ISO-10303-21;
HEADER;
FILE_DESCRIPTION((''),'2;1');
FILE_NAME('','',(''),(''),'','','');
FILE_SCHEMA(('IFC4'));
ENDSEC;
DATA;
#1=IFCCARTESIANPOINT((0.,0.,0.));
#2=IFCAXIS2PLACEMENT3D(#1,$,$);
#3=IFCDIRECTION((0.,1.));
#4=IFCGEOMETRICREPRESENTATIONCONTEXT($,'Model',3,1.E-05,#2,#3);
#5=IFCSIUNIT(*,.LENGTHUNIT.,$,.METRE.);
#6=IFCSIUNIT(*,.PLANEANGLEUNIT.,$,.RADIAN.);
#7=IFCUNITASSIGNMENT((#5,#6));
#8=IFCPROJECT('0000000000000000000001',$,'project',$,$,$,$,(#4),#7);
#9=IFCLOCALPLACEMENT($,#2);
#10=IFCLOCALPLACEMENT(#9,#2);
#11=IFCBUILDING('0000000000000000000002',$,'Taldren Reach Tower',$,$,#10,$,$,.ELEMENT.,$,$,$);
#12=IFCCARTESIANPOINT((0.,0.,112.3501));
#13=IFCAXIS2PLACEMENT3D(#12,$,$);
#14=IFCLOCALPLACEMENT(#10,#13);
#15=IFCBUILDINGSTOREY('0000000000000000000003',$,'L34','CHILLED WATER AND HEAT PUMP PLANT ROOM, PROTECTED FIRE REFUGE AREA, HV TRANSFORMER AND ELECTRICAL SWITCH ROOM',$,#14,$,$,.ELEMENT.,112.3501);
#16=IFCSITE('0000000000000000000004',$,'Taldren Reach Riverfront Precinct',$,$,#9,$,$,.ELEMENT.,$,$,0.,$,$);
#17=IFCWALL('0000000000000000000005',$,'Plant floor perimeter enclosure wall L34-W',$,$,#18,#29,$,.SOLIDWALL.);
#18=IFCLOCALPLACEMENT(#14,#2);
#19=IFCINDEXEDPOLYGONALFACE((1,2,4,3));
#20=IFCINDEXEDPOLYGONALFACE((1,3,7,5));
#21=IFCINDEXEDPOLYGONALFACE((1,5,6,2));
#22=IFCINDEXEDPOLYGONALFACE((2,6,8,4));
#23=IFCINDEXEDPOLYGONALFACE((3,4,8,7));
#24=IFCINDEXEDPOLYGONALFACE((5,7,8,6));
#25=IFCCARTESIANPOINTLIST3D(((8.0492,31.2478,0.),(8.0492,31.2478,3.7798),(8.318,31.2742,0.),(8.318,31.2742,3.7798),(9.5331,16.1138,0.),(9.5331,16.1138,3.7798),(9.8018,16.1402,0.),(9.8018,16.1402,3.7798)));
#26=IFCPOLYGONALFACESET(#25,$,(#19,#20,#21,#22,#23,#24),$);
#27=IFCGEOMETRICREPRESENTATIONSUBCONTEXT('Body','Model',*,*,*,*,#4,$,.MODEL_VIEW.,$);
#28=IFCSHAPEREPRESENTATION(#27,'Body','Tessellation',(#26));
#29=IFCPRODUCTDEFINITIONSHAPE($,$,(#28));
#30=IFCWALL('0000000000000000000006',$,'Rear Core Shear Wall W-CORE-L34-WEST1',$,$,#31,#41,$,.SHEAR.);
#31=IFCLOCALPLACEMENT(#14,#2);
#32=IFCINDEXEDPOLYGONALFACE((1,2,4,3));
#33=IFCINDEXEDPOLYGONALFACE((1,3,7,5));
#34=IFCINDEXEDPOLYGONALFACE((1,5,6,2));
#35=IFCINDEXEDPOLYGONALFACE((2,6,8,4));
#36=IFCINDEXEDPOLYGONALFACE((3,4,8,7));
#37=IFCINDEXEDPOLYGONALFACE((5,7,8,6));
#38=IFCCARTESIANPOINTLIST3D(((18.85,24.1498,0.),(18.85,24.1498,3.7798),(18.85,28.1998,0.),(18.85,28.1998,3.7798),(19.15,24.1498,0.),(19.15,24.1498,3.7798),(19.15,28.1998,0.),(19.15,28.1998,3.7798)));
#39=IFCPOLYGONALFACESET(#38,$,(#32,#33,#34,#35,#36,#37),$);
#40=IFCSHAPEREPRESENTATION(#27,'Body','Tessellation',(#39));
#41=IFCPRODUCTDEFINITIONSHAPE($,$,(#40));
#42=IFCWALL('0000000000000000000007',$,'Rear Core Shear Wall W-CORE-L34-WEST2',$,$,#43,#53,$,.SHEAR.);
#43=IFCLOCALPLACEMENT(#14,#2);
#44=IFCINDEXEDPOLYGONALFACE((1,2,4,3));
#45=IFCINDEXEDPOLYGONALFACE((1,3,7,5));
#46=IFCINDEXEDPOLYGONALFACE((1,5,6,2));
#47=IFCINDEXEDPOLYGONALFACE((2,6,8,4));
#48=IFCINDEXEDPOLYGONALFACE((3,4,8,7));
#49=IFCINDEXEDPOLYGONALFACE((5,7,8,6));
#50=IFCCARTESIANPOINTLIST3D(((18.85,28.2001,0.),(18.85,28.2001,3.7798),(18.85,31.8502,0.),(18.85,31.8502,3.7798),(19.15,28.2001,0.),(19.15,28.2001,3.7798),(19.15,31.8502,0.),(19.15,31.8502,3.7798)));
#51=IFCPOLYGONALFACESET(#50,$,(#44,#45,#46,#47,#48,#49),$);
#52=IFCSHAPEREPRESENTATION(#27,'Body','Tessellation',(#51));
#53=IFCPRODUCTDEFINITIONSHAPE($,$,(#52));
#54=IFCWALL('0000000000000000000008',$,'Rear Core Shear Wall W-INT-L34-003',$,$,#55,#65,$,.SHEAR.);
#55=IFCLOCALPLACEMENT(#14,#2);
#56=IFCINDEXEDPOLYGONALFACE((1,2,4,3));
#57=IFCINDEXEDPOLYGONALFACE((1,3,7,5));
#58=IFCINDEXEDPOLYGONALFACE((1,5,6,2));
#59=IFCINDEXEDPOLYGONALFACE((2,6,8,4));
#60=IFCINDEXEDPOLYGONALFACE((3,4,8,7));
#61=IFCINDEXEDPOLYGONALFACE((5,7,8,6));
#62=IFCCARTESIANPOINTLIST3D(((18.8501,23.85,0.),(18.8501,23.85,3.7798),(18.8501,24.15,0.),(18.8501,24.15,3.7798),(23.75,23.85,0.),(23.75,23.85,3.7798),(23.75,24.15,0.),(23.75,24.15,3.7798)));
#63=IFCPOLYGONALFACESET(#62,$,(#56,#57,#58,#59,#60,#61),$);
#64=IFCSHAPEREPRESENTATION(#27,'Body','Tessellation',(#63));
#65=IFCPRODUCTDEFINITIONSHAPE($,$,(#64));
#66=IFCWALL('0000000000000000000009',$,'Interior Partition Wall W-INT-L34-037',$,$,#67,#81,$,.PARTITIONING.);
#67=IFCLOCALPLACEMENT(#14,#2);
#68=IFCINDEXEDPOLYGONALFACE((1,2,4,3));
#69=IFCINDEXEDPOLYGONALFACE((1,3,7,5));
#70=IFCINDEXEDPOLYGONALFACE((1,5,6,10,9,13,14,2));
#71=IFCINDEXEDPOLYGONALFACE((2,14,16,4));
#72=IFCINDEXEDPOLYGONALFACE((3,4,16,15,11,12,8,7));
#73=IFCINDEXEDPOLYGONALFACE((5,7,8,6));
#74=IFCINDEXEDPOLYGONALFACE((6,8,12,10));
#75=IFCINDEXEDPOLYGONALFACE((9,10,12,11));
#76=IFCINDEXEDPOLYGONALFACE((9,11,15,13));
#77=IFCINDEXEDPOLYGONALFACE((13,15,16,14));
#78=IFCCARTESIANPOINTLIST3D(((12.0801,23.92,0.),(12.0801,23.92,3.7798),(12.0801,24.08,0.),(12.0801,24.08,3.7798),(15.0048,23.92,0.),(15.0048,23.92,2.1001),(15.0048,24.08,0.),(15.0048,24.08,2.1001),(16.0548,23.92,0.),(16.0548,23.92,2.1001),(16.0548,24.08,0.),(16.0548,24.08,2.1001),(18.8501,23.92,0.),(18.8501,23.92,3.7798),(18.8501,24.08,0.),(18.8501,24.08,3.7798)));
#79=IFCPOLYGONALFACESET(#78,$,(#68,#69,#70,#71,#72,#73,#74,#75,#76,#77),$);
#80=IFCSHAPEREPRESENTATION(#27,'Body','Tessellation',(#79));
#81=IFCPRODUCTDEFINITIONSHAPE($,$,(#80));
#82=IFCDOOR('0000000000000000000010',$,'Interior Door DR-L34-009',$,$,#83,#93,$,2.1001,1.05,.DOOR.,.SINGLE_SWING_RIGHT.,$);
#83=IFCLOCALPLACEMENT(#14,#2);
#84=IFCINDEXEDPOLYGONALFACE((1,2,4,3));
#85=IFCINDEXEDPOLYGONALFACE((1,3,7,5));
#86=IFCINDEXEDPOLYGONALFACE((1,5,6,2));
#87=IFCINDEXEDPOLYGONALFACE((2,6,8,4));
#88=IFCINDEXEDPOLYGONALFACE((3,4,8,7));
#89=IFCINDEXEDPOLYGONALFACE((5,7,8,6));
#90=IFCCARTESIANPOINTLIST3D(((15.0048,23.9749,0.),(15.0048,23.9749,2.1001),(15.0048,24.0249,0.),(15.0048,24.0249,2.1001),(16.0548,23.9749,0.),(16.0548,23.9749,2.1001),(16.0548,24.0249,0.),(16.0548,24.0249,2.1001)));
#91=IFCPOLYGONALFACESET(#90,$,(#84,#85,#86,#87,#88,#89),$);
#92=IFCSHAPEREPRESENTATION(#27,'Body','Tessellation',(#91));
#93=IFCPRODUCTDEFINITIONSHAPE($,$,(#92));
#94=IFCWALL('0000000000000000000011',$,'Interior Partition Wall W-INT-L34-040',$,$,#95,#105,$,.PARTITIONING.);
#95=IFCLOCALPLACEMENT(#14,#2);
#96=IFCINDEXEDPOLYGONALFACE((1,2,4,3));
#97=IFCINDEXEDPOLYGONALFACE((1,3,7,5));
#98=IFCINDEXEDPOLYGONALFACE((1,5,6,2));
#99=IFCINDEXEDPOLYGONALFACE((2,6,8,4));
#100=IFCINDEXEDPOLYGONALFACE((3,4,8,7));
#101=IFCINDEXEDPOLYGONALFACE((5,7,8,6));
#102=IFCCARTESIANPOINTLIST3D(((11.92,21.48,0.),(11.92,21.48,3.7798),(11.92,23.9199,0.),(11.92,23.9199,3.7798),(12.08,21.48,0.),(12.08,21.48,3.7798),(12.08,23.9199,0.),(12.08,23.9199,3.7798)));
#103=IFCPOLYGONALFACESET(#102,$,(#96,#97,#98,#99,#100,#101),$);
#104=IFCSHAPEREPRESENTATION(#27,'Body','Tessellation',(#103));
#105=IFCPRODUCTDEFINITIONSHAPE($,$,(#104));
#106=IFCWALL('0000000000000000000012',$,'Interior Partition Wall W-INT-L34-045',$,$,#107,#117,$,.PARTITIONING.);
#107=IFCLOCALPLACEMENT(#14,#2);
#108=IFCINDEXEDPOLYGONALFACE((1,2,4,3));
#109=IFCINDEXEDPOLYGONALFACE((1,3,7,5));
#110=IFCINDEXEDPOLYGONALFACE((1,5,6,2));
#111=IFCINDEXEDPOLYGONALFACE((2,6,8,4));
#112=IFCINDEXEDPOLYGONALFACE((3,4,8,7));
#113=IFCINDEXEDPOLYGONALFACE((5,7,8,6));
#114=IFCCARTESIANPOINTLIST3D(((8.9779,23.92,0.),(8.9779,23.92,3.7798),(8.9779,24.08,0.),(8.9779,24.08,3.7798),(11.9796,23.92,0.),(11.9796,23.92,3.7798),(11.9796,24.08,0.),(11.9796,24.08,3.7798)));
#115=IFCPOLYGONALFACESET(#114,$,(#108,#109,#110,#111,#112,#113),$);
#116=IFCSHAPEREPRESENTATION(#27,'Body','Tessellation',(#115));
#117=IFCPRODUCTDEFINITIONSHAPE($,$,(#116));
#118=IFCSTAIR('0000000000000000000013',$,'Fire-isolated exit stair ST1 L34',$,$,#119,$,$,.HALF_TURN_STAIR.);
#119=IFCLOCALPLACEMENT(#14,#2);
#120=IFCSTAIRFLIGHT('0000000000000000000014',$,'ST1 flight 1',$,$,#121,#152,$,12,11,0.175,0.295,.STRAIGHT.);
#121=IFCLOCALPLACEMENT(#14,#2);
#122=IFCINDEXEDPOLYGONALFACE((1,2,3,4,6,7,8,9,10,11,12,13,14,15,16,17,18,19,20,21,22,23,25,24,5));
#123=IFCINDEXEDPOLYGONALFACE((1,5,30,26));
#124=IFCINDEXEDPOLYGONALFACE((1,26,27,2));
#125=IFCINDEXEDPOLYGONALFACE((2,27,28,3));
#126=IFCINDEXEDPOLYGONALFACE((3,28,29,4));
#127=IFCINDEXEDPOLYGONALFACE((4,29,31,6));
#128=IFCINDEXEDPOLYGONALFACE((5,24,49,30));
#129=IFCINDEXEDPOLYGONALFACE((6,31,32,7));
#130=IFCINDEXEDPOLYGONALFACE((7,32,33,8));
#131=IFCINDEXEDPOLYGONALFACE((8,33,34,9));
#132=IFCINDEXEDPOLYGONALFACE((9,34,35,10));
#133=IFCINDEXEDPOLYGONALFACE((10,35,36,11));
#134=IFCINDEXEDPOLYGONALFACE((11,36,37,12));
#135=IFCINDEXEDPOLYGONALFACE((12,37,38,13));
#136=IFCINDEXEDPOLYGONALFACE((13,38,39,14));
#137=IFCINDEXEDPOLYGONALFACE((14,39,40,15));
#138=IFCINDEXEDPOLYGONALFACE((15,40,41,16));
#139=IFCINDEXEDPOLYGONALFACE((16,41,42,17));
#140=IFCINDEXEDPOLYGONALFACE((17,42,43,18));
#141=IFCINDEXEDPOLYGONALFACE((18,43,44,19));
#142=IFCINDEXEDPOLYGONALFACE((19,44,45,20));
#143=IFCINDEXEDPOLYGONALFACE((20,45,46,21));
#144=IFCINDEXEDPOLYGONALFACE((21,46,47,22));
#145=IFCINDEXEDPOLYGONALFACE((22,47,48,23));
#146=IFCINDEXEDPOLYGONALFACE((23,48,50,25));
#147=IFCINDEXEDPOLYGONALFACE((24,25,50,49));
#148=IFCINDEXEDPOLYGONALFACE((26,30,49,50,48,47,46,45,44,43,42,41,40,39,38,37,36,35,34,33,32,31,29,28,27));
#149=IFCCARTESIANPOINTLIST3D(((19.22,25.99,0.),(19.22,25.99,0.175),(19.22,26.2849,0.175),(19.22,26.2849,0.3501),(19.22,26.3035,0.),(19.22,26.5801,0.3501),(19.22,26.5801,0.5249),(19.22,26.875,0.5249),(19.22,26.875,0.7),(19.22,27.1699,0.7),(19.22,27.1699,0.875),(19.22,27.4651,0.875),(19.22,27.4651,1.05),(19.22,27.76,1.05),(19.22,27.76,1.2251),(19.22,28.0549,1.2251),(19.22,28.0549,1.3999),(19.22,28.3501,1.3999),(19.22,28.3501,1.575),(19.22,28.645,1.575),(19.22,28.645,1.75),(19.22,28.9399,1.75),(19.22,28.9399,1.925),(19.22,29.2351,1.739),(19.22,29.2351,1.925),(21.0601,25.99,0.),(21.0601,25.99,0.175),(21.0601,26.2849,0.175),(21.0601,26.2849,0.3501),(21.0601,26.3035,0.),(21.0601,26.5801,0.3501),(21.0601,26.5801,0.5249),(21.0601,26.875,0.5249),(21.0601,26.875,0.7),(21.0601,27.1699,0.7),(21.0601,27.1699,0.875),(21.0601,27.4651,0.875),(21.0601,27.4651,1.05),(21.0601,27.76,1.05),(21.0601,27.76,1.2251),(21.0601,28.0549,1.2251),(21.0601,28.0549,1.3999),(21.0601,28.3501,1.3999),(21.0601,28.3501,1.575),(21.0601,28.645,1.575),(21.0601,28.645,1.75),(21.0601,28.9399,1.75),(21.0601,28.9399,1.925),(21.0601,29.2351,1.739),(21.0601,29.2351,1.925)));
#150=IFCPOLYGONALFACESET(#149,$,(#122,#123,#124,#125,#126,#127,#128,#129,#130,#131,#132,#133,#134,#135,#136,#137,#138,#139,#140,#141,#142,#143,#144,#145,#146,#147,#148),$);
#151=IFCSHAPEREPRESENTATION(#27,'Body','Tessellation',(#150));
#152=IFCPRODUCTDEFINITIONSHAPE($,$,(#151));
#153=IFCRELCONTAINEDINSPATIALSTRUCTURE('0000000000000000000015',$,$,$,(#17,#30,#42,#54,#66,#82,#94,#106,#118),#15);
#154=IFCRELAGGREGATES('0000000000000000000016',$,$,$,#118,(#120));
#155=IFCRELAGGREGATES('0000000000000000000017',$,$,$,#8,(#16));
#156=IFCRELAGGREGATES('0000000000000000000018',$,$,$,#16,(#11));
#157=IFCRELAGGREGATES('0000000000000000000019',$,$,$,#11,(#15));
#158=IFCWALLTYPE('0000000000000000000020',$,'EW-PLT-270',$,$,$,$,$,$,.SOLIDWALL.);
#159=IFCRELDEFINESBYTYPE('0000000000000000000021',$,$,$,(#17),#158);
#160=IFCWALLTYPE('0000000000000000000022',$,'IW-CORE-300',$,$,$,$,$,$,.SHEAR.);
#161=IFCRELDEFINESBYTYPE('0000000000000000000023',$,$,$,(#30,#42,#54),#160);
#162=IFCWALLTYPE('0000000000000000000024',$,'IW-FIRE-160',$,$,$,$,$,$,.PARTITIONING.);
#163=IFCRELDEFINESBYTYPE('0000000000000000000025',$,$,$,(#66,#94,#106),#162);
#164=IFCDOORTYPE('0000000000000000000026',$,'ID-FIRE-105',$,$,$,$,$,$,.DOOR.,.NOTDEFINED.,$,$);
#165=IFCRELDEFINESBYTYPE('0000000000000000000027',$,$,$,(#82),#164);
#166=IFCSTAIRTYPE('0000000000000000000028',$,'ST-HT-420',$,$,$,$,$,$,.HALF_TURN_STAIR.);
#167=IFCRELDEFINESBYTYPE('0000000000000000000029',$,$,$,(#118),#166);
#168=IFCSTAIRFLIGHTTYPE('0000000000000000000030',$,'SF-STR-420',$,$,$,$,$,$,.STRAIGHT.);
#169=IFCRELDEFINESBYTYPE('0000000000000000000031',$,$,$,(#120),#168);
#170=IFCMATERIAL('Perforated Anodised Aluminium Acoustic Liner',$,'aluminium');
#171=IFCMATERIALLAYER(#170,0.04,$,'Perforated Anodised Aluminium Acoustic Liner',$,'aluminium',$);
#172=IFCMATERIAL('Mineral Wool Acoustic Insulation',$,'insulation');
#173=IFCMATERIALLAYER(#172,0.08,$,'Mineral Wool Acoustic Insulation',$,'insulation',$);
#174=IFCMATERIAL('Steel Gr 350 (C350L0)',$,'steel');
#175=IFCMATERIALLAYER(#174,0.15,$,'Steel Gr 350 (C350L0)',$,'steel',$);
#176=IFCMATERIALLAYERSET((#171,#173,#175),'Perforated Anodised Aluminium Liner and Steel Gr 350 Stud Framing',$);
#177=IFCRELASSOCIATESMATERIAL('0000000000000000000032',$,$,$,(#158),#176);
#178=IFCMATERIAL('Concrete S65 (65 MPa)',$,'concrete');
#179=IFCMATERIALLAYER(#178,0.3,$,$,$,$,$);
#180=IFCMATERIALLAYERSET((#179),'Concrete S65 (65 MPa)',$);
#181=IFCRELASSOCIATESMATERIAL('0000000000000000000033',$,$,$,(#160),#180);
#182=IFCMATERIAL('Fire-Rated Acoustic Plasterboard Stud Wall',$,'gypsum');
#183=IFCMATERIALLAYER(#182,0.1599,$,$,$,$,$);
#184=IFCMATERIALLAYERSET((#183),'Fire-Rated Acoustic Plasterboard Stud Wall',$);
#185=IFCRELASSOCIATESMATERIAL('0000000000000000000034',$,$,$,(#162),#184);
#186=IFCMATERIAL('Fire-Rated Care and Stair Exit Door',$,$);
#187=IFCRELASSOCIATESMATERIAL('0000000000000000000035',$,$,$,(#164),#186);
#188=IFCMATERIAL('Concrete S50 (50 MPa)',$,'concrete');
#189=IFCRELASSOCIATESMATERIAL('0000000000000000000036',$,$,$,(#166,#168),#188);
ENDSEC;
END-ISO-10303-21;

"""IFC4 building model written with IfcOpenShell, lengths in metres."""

from ifc_helpers import new_model, si_unit, direction, frame, frame_2d, origin, place, context, subcontext, project, spatial, polyline, rectangle, outline, extrude, source, transform, mapped, material, layer, layer_set, type_object, element, fill, aggregate, save


model = new_model("IFC4")

# Units and contexts
model_context = context("Model", 3, precision=1e-05, world=origin(), true_north=direction((0.0, 1.0)))
body_context = subcontext(model_context, "Body", "Model", "MODEL_VIEW")
ifc_project = project(units=[si_unit("LENGTHUNIT", "METRE"), si_unit("PLANEANGLEUNIT", "RADIAN")], contexts=[model_context])

# Site, building, storey
site_placement = place(None, origin())
site = spatial("IfcSite", under=ifc_project, at=site_placement, Name="Taldren Reach Riverfront Precinct", CompositionType="ELEMENT", RefElevation=0.0)
building_placement = place(site_placement, origin())
building = spatial("IfcBuilding", under=site, at=building_placement, Name="Taldren Reach Tower", CompositionType="ELEMENT")
storey_placement = place(building_placement, frame((0.0, 0.0, 112.3501)))
storey = spatial("IfcBuildingStorey", under=building, at=storey_placement, Name="L34", Description="CHILLED WATER AND HEAT PUMP PLANT ROOM, PROTECTED FIRE REFUGE AREA, HV TRANSFORMER AND ELECTRICAL SWITCH ROOM", CompositionType="ELEMENT", Elevation=112.3501)

# Shared definitions
ifc_material_1 = material(Name="Concrete S65 (65 MPa)", Category="concrete")

# Shared definitions
ifc_material_2 = material(Name="Steel Gr 350 (C350L0)", Category="steel")

# Walls
ifc_material_3 = material(Name="Perforated Anodised Aluminium Acoustic Liner", Category="aluminium")
ifc_layer_1 = layer(ifc_material_3, 0.04, Name="Perforated Anodised Aluminium Acoustic Liner", Category="aluminium")
ifc_material_4 = material(Name="Mineral Wool Acoustic Insulation", Category="insulation")
ifc_layer_2 = layer(ifc_material_4, 0.08, Name="Mineral Wool Acoustic Insulation", Category="insulation")
ifc_layer_3 = layer(ifc_material_2, 0.15, Name="Steel Gr 350 (C350L0)", Category="steel")
ifc_layer_set_1 = layer_set([ifc_layer_1, ifc_layer_2, ifc_layer_3], Name="Perforated Anodised Aluminium Liner and Steel Gr 350 Stud Framing")
wall_type_1 = type_object("IfcWallType", Name="EW-PLT-270", PredefinedType="SOLIDWALL", material=ifc_layer_set_1)
shared_shape_1 = source(origin(), body_context, "Body", "SweptSolid", [
    extrude(rectangle(XDim=15.2065, YDim=0.27, at=frame_2d((7.6033, 0.0))), origin(), (0.0, 0.0, 1.0), 3.7798),
])
wall_1_placement = place(storey_placement, frame((8.1836, 31.261, 0.0), z_axis=(0.0, 0.0, 1.0), x_axis=(0.097582, -0.995228, 0.0)))
element("IfcWall", 1, at=wall_1_placement, inside=storey, type_object=wall_type_1, Name="Plant floor perimeter enclosure wall L34-W", PredefinedType="SOLIDWALL", context=body_context, shape_type="MappedRepresentation", body=[
    mapped(shared_shape_1, transform((0.0, 0.0, 0.0), scale=1.0)),
])
ifc_layer_4 = layer(ifc_material_1, 0.3)
ifc_layer_set_2 = layer_set([ifc_layer_4], Name="Concrete S65 (65 MPa)")
wall_type_2 = type_object("IfcWallType", Name="IW-CORE-300", PredefinedType="SHEAR", material=ifc_layer_set_2)
shared_shape_2 = source(origin(), body_context, "Body", "SweptSolid", [
    extrude(rectangle(XDim=4.05, YDim=0.3, at=frame_2d((2.0249, 0.0))), origin(), (0.0, 0.0, 1.0), 3.7798),
])
wall_2_placement = place(storey_placement, frame((19.0, 24.1499, 0.0), z_axis=(0.0, 0.0, 1.0), x_axis=(0.0, 1.0, 0.0)))
element("IfcWall", 2, at=wall_2_placement, inside=storey, type_object=wall_type_2, Name="Rear Core Shear Wall W-CORE-L34-WEST1", PredefinedType="SHEAR", context=body_context, shape_type="MappedRepresentation", body=[
    mapped(shared_shape_2, transform((0.0, 0.0, 0.0), scale=1.0)),
])
shared_shape_3 = source(origin(), body_context, "Body", "SweptSolid", [
    extrude(rectangle(XDim=3.6501, YDim=0.3, at=frame_2d((1.8252, 0.0))), origin(), (0.0, 0.0, 1.0), 3.7798),
])
wall_3_placement = place(storey_placement, frame((19.0, 28.2, 0.0), z_axis=(0.0, 0.0, 1.0), x_axis=(0.0, 1.0, 0.0)))
element("IfcWall", 3, at=wall_3_placement, inside=storey, type_object=wall_type_2, Name="Rear Core Shear Wall W-CORE-L34-WEST2", PredefinedType="SHEAR", context=body_context, shape_type="MappedRepresentation", body=[
    mapped(shared_shape_3, transform((0.0, 0.0, 0.0), scale=1.0)),
])
shared_shape_4 = source(origin(), body_context, "Body", "SweptSolid", [
    extrude(rectangle(XDim=4.8999, YDim=0.3, at=frame_2d((2.45, 0.0))), origin(), (0.0, 0.0, 1.0), 3.7798),
])
wall_4_placement = place(storey_placement, frame((18.8501, 24.0, 0.0), z_axis=(0.0, 0.0, 1.0), x_axis=(1.0, 0.0, 0.0)))
element("IfcWall", 4, at=wall_4_placement, inside=storey, type_object=wall_type_2, Name="Rear Core Shear Wall W-INT-L34-003", PredefinedType="SHEAR", context=body_context, shape_type="MappedRepresentation", body=[
    mapped(shared_shape_4, transform((0.0, 0.0, 0.0), scale=1.0)),
])

# Wall, opening, door
ifc_material_5 = material(Name="Fire-Rated Acoustic Plasterboard Stud Wall", Category="gypsum")
ifc_layer_5 = layer(ifc_material_5, 0.1599)
ifc_layer_set_3 = layer_set([ifc_layer_5], Name="Fire-Rated Acoustic Plasterboard Stud Wall")
wall_type_3 = type_object("IfcWallType", Name="IW-FIRE-160", PredefinedType="PARTITIONING", material=ifc_layer_set_3)
shared_shape_5 = source(origin(), body_context, "Body", "SweptSolid", [
    extrude(rectangle(XDim=6.77, YDim=0.1599, at=frame_2d((3.385, 0.0))), origin(), (0.0, 0.0, 1.0), 3.7798),
])
wall_5_placement = place(storey_placement, frame((12.0801, 24.0, 0.0), z_axis=(0.0, 0.0, 1.0), x_axis=(1.0, 0.0, 0.0)))
wall_5 = element("IfcWall", 5, at=wall_5_placement, inside=storey, type_object=wall_type_3, Name="Interior Partition Wall W-INT-L34-037", PredefinedType="PARTITIONING", context=body_context, shape_type="MappedRepresentation", body=[
    mapped(shared_shape_5, transform((0.0, 0.0, 0.0), scale=1.0)),
])
shared_shape_6 = source(origin(), body_context, "Body", "SweptSolid", [
    extrude(rectangle(XDim=1.05, YDim=2.1001, at=frame_2d((0.5249, 1.05))), frame((0.0, 0.0898, 0.0), z_axis=(0.0, -1.0, 0.0), x_axis=(1.0, 0.0, 0.0)), (0.0, 0.0, 1.0), 0.1799),
])
opening_placement = place(wall_5_placement, frame((2.9248, 0.0, 0.0)))
opening = element("IfcOpeningElement", 6, at=opening_placement, cuts=wall_5, PredefinedType="OPENING", context=body_context, shape_type="MappedRepresentation", body=[
    mapped(shared_shape_6, transform((0.0, 0.0, 0.0), scale=1.0)),
])
ifc_material_6 = material(Name="Fire-Rated Care and Stair Exit Door")
door_type = type_object("IfcDoorType", Name="ID-FIRE-105", OperationType="NOTDEFINED", PredefinedType="DOOR", material=ifc_material_6)
shared_shape_7 = source(origin(), body_context, "Body", "SweptSolid", [
    extrude(rectangle(XDim=1.05, YDim=2.1001, at=frame_2d((0.5249, 1.05))), frame((0.0, 0.0249, 0.0), z_axis=(0.0, -1.0, 0.0), x_axis=(1.0, 0.0, 0.0)), (0.0, 0.0, 1.0), 0.05),
])
door_placement = place(opening_placement, origin())
door = element("IfcDoor", 7, at=door_placement, inside=storey, type_object=door_type, Name="Interior Door DR-L34-009", OperationType="SINGLE_SWING_RIGHT", OverallHeight=2.1001, OverallWidth=1.05, PredefinedType="DOOR", context=body_context, shape_type="MappedRepresentation", body=[
    mapped(shared_shape_7, transform((0.0, 0.0, 0.0), scale=1.0)),
])
fill(opening, door)

# Walls
shared_shape_8 = source(origin(), body_context, "Body", "SweptSolid", [
    extrude(rectangle(XDim=2.4399, YDim=0.1599, at=frame_2d((1.22, 0.0))), origin(), (0.0, 0.0, 1.0), 3.7798),
])
wall_6_placement = place(storey_placement, frame((12.0, 21.48, 0.0), z_axis=(0.0, 0.0, 1.0), x_axis=(0.0, 1.0, 0.0)))
element("IfcWall", 8, at=wall_6_placement, inside=storey, type_object=wall_type_3, Name="Interior Partition Wall W-INT-L34-040", PredefinedType="PARTITIONING", context=body_context, shape_type="MappedRepresentation", body=[
    mapped(shared_shape_8, transform((0.0, 0.0, 0.0), scale=1.0)),
])
shared_shape_9 = source(origin(), body_context, "Body", "SweptSolid", [
    extrude(rectangle(XDim=3.0017, YDim=0.1599, at=frame_2d((1.501, 0.0))), origin(), (0.0, 0.0, 1.0), 3.7798),
])
wall_7_placement = place(storey_placement, frame((11.9797, 24.0, 0.0), z_axis=(0.0, 0.0, 1.0), x_axis=(-1.0, 0.0, 0.0)))
element("IfcWall", 9, at=wall_7_placement, inside=storey, type_object=wall_type_3, Name="Interior Partition Wall W-INT-L34-045", PredefinedType="PARTITIONING", context=body_context, shape_type="MappedRepresentation", body=[
    mapped(shared_shape_9, transform((0.0, 0.0, 0.0), scale=1.0)),
])

# Stair, stair flight
ifc_material_7 = material(Name="Concrete S50 (50 MPa)", Category="concrete")
stair_type = type_object("IfcStairType", Name="ST-HT-420", PredefinedType="HALF_TURN_STAIR", material=ifc_material_7)
stair_placement = place(storey_placement, origin())
stair = element("IfcStair", 10, at=stair_placement, inside=storey, type_object=stair_type, Name="Fire-isolated exit stair ST1 L34", PredefinedType="HALF_TURN_STAIR")
stair_flight_type = type_object("IfcStairFlightType", Name="SF-STR-420", PredefinedType="STRAIGHT", material=ifc_material_7)
stair_flight_placement = place(storey_placement, frame((20.1399, 25.99, 0.0), z_axis=(0.0, 0.0, 1.0), x_axis=(0.0, 1.0, 0.0)))
stair_flight = element("IfcStairFlight", 11, at=stair_flight_placement, type_object=stair_flight_type, Name="ST1 flight 1", NumberOfRisers=12, NumberOfTreads=11, PredefinedType="STRAIGHT", RiserHeight=0.175, TreadLength=0.295, context=body_context, shape_type="SweptSolid", body=[
    extrude(outline(polyline([(0.0, 0.0), (0.0, 0.175), (0.2949, 0.175), (0.2949, 0.3501), (0.5901, 0.3501), (0.5901, 0.5249), (0.885, 0.5249), (0.885, 0.7), (1.1799, 0.7), (1.1799, 0.875), (1.4751, 0.875), (1.4751, 1.05), (1.77, 1.05), (1.77, 1.2251), (2.0649, 1.2251), (2.0649, 1.3999), (2.3601, 1.3999), (2.3601, 1.575), (2.655, 1.575), (2.655, 1.75), (2.95, 1.75), (2.95, 1.925), (3.2451, 1.925), (3.2451, 2.1001), (3.2451, 1.739), (0.3135, 0.0), (0.0, 0.0)])), frame((0.0, 0.9199, 0.0), z_axis=(0.0, -1.0, 0.0), x_axis=(1.0, 0.0, 0.0)), (0.0, 0.0, 1.0), 1.8401),
])
aggregate(stair, [stair_flight])

save(model, "model.ifc")
